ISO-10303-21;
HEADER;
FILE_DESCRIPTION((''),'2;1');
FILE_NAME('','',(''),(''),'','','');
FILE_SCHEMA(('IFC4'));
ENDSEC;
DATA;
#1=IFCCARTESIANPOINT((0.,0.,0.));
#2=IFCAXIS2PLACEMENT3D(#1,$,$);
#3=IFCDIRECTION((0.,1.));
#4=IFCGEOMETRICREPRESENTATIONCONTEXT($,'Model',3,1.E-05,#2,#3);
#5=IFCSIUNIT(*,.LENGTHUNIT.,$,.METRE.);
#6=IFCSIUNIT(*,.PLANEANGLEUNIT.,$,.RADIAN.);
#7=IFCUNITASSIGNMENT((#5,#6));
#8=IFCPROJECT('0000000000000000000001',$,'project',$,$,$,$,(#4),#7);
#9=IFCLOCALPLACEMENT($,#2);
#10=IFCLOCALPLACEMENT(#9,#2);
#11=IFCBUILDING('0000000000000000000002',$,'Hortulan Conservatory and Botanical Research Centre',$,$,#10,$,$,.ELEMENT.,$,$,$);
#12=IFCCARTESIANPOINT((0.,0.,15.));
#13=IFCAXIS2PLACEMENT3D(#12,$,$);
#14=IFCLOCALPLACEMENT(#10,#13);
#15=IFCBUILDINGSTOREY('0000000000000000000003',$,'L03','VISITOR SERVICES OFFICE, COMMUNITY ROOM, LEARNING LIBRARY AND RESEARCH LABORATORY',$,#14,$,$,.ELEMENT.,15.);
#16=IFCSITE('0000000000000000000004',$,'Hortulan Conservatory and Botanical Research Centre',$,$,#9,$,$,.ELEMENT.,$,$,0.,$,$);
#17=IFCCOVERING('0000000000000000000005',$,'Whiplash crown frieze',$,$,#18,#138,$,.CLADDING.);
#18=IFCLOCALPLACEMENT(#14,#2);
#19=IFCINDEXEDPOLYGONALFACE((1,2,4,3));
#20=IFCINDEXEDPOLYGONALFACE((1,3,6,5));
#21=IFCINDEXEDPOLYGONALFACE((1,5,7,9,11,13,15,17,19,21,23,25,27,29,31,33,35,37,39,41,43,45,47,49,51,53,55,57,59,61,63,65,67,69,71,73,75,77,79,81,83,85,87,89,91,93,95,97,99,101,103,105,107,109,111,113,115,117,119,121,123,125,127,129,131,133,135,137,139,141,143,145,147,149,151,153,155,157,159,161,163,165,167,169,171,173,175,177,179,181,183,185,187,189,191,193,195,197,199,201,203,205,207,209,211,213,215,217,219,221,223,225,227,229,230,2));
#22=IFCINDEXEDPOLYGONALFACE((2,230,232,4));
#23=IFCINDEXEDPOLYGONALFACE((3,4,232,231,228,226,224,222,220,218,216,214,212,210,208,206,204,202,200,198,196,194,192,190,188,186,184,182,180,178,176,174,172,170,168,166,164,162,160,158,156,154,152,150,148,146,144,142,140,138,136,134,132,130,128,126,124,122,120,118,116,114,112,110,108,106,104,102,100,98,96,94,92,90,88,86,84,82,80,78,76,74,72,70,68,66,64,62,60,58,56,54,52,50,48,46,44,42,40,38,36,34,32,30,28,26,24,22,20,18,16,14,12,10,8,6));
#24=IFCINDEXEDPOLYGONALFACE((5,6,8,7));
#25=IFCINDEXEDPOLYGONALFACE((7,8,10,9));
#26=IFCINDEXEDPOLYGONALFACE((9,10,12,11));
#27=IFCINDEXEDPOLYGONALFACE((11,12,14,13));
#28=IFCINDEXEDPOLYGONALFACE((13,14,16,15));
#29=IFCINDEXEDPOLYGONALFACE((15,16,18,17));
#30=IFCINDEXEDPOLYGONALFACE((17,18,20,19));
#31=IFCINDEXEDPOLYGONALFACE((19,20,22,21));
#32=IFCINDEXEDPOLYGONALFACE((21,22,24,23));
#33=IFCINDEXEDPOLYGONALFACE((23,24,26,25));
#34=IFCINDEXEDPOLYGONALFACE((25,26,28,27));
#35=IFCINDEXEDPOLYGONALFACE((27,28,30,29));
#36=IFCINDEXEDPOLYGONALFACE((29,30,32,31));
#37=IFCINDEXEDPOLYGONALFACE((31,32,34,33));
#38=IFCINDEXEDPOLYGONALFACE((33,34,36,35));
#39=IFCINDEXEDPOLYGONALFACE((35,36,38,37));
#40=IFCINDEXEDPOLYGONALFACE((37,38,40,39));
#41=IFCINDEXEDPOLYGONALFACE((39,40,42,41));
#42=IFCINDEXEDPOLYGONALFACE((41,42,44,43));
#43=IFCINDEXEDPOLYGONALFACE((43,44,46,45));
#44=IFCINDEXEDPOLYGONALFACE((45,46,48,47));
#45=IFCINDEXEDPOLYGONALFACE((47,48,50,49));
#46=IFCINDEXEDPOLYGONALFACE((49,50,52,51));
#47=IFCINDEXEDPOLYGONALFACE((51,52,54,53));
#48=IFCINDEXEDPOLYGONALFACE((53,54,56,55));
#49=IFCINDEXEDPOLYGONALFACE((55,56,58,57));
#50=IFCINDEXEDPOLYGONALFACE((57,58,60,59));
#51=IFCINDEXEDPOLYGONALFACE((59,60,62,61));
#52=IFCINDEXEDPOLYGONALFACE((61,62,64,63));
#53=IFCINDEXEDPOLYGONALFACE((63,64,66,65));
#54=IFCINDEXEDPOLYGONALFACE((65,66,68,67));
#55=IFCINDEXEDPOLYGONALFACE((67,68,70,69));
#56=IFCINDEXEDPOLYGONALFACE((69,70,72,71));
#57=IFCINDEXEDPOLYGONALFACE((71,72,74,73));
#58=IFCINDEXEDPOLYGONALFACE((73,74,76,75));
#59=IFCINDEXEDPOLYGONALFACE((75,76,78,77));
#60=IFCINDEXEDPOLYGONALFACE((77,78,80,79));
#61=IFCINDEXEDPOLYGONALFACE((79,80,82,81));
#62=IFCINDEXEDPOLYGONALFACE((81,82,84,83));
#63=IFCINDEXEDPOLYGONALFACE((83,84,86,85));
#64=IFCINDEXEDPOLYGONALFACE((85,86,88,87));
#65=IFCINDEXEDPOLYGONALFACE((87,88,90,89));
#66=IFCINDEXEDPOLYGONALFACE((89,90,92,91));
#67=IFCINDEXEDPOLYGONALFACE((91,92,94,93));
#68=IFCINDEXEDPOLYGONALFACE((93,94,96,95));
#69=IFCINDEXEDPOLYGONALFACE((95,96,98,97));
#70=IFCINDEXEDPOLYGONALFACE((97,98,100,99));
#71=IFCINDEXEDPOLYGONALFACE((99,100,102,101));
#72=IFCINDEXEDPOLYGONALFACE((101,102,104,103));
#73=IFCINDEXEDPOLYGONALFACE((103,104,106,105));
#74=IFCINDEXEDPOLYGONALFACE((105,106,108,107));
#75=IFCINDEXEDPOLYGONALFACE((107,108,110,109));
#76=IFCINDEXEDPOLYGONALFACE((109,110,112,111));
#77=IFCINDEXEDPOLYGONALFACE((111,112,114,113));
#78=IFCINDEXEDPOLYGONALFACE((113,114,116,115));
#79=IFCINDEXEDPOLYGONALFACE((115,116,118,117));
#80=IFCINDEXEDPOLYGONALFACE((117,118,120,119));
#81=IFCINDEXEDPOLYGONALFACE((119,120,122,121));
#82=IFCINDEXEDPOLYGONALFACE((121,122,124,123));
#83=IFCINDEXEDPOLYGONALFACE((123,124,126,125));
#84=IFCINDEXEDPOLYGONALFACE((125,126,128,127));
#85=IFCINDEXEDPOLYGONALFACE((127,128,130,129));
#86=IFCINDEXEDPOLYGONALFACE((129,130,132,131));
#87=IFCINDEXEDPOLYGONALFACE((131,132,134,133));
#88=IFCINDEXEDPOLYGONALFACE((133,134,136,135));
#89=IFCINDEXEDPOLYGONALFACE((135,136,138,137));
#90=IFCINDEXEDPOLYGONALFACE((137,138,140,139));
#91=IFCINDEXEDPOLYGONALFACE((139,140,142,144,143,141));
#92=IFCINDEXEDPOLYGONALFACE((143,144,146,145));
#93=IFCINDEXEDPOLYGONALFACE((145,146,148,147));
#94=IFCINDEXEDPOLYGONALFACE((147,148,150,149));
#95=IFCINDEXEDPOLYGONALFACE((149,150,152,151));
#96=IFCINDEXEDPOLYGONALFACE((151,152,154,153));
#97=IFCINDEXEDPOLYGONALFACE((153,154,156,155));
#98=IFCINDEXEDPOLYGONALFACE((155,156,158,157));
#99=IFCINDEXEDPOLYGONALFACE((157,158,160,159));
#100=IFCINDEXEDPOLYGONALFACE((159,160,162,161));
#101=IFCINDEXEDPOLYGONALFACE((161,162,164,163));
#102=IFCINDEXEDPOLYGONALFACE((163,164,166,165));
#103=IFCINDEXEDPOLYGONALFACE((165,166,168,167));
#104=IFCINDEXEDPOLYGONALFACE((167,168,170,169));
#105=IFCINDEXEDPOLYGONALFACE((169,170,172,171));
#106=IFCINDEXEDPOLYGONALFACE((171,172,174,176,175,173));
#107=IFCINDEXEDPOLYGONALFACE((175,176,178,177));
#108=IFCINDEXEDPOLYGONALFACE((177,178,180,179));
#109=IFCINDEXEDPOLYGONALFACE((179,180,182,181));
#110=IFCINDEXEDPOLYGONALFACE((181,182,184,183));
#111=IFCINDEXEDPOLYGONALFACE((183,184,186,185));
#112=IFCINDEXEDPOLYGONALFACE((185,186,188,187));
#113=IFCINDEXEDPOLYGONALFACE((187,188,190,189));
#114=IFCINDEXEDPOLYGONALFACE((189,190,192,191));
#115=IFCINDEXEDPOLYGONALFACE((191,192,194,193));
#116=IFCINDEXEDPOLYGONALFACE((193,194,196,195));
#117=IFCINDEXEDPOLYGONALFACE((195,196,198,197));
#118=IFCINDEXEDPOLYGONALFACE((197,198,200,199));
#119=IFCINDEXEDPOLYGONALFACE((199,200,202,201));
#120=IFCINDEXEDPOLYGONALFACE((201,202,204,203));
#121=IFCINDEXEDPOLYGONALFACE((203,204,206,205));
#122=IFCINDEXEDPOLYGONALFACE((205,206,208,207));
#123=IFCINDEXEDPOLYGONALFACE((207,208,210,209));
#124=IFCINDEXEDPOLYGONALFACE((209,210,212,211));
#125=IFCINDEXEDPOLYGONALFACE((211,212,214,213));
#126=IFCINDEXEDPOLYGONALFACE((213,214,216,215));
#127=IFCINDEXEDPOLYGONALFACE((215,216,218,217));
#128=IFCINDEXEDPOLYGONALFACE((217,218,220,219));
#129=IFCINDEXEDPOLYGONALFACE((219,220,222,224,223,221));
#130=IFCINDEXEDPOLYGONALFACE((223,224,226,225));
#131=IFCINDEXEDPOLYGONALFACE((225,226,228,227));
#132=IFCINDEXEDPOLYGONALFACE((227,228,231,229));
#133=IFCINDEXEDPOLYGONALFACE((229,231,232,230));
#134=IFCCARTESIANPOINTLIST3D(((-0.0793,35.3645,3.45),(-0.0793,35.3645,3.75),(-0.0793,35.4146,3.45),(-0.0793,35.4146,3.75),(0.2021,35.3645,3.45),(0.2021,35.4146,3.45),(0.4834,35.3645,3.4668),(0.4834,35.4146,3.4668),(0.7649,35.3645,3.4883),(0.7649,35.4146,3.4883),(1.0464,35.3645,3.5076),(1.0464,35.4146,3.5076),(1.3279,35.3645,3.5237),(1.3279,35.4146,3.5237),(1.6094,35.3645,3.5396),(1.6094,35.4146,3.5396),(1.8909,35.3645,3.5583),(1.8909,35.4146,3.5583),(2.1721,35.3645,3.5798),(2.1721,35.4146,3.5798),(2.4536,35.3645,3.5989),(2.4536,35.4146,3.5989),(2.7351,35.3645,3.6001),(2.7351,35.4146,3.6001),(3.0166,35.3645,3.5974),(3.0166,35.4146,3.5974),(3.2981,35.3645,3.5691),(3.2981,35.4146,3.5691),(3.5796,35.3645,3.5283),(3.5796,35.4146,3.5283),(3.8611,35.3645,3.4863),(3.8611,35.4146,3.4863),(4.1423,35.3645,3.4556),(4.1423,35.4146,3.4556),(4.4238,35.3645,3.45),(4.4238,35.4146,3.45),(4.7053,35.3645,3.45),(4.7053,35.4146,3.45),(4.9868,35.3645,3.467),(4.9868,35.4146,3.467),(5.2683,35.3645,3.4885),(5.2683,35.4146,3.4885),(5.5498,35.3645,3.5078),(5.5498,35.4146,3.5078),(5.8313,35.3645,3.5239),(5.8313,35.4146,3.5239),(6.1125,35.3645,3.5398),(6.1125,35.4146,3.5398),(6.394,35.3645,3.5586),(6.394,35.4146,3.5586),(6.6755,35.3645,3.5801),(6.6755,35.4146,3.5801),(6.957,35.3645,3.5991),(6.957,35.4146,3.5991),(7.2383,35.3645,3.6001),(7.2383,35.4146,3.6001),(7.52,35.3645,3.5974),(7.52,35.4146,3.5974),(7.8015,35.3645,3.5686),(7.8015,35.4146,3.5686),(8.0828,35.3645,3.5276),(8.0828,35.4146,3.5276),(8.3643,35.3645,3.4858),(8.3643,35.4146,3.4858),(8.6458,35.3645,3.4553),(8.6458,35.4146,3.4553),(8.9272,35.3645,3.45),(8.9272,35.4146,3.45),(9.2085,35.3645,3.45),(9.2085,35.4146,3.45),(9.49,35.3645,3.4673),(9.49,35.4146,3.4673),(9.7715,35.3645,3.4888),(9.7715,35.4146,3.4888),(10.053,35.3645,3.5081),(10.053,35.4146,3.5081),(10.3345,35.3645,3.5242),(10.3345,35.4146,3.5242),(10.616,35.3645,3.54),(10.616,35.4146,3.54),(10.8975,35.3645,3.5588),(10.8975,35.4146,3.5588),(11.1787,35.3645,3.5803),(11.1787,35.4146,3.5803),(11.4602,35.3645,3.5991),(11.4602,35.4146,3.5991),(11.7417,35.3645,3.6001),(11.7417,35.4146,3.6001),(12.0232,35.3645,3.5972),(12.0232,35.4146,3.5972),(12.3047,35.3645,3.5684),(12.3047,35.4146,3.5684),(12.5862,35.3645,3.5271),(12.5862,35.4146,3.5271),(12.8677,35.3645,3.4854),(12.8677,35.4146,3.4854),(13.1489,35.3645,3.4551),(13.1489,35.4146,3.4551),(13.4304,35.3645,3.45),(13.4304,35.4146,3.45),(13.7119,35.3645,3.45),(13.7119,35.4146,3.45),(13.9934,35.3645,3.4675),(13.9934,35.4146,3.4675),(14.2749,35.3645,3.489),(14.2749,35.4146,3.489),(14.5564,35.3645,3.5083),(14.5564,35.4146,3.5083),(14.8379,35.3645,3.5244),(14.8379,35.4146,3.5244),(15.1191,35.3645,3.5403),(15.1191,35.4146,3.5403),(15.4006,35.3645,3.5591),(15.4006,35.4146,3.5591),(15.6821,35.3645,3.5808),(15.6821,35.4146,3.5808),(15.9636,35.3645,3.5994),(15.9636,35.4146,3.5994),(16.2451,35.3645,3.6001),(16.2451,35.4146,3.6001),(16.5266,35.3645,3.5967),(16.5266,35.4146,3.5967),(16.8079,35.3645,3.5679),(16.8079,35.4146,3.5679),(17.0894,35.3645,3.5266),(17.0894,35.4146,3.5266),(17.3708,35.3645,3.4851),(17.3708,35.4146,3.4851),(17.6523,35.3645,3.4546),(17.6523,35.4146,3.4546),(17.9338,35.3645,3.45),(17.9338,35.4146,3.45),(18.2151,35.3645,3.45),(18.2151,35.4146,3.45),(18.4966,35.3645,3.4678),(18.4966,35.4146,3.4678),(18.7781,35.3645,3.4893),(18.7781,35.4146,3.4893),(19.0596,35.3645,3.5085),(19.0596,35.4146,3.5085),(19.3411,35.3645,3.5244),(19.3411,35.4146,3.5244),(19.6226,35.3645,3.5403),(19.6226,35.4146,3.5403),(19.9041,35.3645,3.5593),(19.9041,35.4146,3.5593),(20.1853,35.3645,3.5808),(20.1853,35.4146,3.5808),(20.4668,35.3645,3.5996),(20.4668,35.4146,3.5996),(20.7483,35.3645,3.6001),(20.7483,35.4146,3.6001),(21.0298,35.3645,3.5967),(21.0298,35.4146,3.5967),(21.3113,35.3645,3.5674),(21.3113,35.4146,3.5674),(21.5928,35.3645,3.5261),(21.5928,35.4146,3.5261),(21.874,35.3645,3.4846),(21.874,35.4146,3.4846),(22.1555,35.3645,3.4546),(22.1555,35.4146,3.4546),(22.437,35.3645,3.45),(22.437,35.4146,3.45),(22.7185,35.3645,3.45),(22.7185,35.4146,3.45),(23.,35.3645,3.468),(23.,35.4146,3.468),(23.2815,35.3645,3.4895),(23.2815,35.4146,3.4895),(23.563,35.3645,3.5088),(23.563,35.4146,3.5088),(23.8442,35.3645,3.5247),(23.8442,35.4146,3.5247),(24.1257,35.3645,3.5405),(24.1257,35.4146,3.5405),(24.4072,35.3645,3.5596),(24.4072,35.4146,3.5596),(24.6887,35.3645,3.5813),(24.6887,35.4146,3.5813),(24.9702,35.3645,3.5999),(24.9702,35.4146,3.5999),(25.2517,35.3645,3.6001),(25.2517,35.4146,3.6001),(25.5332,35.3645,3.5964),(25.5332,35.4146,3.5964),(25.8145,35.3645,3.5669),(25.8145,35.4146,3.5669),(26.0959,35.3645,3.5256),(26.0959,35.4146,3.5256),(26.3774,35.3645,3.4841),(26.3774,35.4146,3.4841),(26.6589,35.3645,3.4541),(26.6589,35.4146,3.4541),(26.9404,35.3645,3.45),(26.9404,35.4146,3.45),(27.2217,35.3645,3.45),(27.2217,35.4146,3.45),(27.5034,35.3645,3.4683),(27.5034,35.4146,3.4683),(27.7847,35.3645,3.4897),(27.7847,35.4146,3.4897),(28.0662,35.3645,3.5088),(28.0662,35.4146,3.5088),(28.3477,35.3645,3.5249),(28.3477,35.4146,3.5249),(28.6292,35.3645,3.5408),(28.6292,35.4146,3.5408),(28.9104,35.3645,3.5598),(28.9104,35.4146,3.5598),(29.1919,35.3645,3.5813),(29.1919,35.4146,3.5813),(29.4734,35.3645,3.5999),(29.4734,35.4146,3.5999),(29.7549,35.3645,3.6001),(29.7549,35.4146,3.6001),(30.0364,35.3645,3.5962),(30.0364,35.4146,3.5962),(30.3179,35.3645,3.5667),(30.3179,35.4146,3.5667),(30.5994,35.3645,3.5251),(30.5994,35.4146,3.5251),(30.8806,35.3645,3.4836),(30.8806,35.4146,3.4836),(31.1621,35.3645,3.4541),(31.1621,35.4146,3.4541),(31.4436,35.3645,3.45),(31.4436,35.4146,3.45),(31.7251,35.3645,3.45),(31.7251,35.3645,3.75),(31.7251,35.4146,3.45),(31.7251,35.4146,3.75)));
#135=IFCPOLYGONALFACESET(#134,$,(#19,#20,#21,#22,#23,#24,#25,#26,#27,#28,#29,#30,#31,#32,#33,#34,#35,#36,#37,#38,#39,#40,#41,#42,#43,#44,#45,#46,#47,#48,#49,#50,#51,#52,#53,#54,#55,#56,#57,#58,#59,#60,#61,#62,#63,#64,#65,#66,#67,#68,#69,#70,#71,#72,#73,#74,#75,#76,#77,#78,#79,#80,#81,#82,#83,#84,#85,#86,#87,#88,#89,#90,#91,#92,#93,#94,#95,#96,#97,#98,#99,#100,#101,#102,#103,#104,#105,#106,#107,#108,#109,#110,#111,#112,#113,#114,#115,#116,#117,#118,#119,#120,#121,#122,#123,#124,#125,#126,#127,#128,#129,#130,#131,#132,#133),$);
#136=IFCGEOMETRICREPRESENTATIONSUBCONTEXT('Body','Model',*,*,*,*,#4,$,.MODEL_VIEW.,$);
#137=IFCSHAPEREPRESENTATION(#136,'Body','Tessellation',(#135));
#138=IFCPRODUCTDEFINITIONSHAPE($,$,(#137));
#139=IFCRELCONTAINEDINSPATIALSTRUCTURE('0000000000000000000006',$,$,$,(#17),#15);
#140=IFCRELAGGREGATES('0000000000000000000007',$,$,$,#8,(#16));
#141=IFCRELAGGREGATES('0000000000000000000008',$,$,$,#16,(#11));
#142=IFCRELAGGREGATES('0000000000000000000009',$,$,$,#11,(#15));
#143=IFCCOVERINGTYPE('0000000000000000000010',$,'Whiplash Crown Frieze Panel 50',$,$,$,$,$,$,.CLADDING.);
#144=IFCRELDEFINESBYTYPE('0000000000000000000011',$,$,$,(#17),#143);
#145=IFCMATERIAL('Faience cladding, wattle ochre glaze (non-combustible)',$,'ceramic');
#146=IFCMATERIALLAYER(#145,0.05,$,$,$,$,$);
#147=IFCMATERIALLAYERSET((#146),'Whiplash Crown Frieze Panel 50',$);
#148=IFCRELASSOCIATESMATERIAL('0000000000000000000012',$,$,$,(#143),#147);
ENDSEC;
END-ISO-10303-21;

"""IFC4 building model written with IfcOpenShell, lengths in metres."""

from ifc_helpers import new_model, si_unit, direction, frame, origin, place, context, subcontext, project, spatial, polyline, outline, extrude, material, layer, layer_set, type_object, element, save


model = new_model("IFC4")

# Units and contexts
model_context = context("Model", 3, precision=1e-05, world=origin(), true_north=direction((0.0, 1.0)))
body_context = subcontext(model_context, "Body", "Model", "MODEL_VIEW")
ifc_project = project(units=[si_unit("LENGTHUNIT", "METRE"), si_unit("PLANEANGLEUNIT", "RADIAN")], contexts=[model_context])

# Site, building, storey
site_placement = place(None, origin())
site = spatial("IfcSite", under=ifc_project, at=site_placement, Name="Hortulan Conservatory and Botanical Research Centre", CompositionType="ELEMENT", RefElevation=0.0)
building_placement = place(site_placement, origin())
building = spatial("IfcBuilding", under=site, at=building_placement, Name="Hortulan Conservatory and Botanical Research Centre", CompositionType="ELEMENT")
storey_placement = place(building_placement, frame((0.0, 0.0, 15.0)))
storey = spatial("IfcBuildingStorey", under=building, at=storey_placement, Name="L03", Description="VISITOR SERVICES OFFICE, COMMUNITY ROOM, LEARNING LIBRARY AND RESEARCH LABORATORY", CompositionType="ELEMENT", Elevation=15.0)

# Covering
ifc_material_1 = material(Name="Faience cladding, wattle ochre glaze (non-combustible)", Category="ceramic")
ifc_layer_1 = layer(ifc_material_1, 0.05)
ifc_layer_set_1 = layer_set([ifc_layer_1], Name="Whiplash Crown Frieze Panel 50")
covering_type_1 = type_object("IfcCoveringType", Name="Whiplash Crown Frieze Panel 50", PredefinedType="CLADDING", material=ifc_layer_set_1)
covering_1_placement = place(storey_placement, frame((31.7251, 35.3894, 3.45), z_axis=(0.0, 0.0, 1.0), x_axis=(-1.0, 0.0, 0.0)))
element("IfcCovering", 1, at=covering_1_placement, inside=storey, type_object=covering_type_1, Name="Whiplash crown frieze", PredefinedType="CLADDING", context=body_context, shape_type="SweptSolid", body=[
    extrude(outline(polyline([(0.0, 0.0), (0.2815, 0.0), (0.563, 0.0042), (0.8445, 0.0337), (1.1257, 0.0752), (1.4072, 0.1167), (1.6887, 0.1462), (1.9702, 0.1501), (2.2517, 0.1499), (2.5332, 0.1313), (2.8147, 0.1099), (3.0959, 0.0908), (3.3774, 0.075), (3.6589, 0.0588), (3.9404, 0.0398), (4.2217, 0.0183), (4.5034, 0.0), (4.7847, 0.0), (5.0662, 0.0042), (5.3477, 0.0342), (5.6292, 0.0757), (5.9106, 0.1169), (6.1919, 0.1465), (6.4734, 0.1501), (6.7549, 0.1499), (7.0364, 0.1313), (7.3179, 0.1096), (7.5994, 0.0906), (7.8809, 0.0747), (8.1621, 0.0588), (8.4436, 0.0396), (8.7251, 0.0181), (9.0066, 0.0), (9.2881, 0.0), (9.5696, 0.0046), (9.8511, 0.0347), (10.1323, 0.0762), (10.4138, 0.1174), (10.6953, 0.1467), (10.9768, 0.1501), (11.2583, 0.1497), (11.5398, 0.1309), (11.821, 0.1094), (12.1025, 0.0903), (12.384, 0.0745), (12.6655, 0.0586), (12.947, 0.0393), (13.2285, 0.0178), (13.51, 0.0), (13.7913, 0.0), (14.0728, 0.0046), (14.3542, 0.0352), (14.6357, 0.0767), (14.9172, 0.1179), (15.1985, 0.1467), (15.48, 0.1501), (15.7615, 0.1494), (16.043, 0.1309), (16.3245, 0.1091), (16.606, 0.0903), (16.8872, 0.0745), (17.1687, 0.0583), (17.4502, 0.0391), (17.7317, 0.0176), (18.0132, 0.0), (18.2947, 0.0), (18.5762, 0.0051), (18.8574, 0.0354), (19.1389, 0.0771), (19.4204, 0.1184), (19.7019, 0.1472), (19.9834, 0.1501), (20.2649, 0.1492), (20.5464, 0.1304), (20.8276, 0.1089), (21.1091, 0.0901), (21.3906, 0.0742), (21.6721, 0.0581), (21.9536, 0.0388), (22.2351, 0.0173), (22.5166, 0.0), (22.7979, 0.0), (23.0793, 0.0054), (23.3608, 0.0359), (23.6423, 0.0776), (23.9236, 0.1187), (24.2051, 0.1475), (24.4868, 0.1501), (24.7681, 0.1492), (25.0496, 0.1301), (25.3311, 0.1086), (25.6125, 0.0898), (25.8938, 0.074), (26.1753, 0.0579), (26.4568, 0.0386), (26.7383, 0.0171), (27.0198, 0.0), (27.3013, 0.0), (27.5828, 0.0056), (27.864, 0.0364), (28.1455, 0.0784), (28.427, 0.1191), (28.7085, 0.1475), (28.99, 0.1501), (29.2715, 0.1489), (29.553, 0.1299), (29.8342, 0.1084), (30.1157, 0.0896), (30.3972, 0.0737), (30.6787, 0.0576), (30.9602, 0.0383), (31.2417, 0.0168), (31.5229, 0.0), (31.8044, 0.0), (31.8044, 0.3), (0.0, 0.3), (0.0, 0.0)])), frame((0.0, 0.0249, 0.0), z_axis=(0.0, -1.0, 0.0), x_axis=(1.0, 0.0, 0.0)), (0.0, 0.0, 1.0), 0.05),
])

save(model, "model.ifc")
